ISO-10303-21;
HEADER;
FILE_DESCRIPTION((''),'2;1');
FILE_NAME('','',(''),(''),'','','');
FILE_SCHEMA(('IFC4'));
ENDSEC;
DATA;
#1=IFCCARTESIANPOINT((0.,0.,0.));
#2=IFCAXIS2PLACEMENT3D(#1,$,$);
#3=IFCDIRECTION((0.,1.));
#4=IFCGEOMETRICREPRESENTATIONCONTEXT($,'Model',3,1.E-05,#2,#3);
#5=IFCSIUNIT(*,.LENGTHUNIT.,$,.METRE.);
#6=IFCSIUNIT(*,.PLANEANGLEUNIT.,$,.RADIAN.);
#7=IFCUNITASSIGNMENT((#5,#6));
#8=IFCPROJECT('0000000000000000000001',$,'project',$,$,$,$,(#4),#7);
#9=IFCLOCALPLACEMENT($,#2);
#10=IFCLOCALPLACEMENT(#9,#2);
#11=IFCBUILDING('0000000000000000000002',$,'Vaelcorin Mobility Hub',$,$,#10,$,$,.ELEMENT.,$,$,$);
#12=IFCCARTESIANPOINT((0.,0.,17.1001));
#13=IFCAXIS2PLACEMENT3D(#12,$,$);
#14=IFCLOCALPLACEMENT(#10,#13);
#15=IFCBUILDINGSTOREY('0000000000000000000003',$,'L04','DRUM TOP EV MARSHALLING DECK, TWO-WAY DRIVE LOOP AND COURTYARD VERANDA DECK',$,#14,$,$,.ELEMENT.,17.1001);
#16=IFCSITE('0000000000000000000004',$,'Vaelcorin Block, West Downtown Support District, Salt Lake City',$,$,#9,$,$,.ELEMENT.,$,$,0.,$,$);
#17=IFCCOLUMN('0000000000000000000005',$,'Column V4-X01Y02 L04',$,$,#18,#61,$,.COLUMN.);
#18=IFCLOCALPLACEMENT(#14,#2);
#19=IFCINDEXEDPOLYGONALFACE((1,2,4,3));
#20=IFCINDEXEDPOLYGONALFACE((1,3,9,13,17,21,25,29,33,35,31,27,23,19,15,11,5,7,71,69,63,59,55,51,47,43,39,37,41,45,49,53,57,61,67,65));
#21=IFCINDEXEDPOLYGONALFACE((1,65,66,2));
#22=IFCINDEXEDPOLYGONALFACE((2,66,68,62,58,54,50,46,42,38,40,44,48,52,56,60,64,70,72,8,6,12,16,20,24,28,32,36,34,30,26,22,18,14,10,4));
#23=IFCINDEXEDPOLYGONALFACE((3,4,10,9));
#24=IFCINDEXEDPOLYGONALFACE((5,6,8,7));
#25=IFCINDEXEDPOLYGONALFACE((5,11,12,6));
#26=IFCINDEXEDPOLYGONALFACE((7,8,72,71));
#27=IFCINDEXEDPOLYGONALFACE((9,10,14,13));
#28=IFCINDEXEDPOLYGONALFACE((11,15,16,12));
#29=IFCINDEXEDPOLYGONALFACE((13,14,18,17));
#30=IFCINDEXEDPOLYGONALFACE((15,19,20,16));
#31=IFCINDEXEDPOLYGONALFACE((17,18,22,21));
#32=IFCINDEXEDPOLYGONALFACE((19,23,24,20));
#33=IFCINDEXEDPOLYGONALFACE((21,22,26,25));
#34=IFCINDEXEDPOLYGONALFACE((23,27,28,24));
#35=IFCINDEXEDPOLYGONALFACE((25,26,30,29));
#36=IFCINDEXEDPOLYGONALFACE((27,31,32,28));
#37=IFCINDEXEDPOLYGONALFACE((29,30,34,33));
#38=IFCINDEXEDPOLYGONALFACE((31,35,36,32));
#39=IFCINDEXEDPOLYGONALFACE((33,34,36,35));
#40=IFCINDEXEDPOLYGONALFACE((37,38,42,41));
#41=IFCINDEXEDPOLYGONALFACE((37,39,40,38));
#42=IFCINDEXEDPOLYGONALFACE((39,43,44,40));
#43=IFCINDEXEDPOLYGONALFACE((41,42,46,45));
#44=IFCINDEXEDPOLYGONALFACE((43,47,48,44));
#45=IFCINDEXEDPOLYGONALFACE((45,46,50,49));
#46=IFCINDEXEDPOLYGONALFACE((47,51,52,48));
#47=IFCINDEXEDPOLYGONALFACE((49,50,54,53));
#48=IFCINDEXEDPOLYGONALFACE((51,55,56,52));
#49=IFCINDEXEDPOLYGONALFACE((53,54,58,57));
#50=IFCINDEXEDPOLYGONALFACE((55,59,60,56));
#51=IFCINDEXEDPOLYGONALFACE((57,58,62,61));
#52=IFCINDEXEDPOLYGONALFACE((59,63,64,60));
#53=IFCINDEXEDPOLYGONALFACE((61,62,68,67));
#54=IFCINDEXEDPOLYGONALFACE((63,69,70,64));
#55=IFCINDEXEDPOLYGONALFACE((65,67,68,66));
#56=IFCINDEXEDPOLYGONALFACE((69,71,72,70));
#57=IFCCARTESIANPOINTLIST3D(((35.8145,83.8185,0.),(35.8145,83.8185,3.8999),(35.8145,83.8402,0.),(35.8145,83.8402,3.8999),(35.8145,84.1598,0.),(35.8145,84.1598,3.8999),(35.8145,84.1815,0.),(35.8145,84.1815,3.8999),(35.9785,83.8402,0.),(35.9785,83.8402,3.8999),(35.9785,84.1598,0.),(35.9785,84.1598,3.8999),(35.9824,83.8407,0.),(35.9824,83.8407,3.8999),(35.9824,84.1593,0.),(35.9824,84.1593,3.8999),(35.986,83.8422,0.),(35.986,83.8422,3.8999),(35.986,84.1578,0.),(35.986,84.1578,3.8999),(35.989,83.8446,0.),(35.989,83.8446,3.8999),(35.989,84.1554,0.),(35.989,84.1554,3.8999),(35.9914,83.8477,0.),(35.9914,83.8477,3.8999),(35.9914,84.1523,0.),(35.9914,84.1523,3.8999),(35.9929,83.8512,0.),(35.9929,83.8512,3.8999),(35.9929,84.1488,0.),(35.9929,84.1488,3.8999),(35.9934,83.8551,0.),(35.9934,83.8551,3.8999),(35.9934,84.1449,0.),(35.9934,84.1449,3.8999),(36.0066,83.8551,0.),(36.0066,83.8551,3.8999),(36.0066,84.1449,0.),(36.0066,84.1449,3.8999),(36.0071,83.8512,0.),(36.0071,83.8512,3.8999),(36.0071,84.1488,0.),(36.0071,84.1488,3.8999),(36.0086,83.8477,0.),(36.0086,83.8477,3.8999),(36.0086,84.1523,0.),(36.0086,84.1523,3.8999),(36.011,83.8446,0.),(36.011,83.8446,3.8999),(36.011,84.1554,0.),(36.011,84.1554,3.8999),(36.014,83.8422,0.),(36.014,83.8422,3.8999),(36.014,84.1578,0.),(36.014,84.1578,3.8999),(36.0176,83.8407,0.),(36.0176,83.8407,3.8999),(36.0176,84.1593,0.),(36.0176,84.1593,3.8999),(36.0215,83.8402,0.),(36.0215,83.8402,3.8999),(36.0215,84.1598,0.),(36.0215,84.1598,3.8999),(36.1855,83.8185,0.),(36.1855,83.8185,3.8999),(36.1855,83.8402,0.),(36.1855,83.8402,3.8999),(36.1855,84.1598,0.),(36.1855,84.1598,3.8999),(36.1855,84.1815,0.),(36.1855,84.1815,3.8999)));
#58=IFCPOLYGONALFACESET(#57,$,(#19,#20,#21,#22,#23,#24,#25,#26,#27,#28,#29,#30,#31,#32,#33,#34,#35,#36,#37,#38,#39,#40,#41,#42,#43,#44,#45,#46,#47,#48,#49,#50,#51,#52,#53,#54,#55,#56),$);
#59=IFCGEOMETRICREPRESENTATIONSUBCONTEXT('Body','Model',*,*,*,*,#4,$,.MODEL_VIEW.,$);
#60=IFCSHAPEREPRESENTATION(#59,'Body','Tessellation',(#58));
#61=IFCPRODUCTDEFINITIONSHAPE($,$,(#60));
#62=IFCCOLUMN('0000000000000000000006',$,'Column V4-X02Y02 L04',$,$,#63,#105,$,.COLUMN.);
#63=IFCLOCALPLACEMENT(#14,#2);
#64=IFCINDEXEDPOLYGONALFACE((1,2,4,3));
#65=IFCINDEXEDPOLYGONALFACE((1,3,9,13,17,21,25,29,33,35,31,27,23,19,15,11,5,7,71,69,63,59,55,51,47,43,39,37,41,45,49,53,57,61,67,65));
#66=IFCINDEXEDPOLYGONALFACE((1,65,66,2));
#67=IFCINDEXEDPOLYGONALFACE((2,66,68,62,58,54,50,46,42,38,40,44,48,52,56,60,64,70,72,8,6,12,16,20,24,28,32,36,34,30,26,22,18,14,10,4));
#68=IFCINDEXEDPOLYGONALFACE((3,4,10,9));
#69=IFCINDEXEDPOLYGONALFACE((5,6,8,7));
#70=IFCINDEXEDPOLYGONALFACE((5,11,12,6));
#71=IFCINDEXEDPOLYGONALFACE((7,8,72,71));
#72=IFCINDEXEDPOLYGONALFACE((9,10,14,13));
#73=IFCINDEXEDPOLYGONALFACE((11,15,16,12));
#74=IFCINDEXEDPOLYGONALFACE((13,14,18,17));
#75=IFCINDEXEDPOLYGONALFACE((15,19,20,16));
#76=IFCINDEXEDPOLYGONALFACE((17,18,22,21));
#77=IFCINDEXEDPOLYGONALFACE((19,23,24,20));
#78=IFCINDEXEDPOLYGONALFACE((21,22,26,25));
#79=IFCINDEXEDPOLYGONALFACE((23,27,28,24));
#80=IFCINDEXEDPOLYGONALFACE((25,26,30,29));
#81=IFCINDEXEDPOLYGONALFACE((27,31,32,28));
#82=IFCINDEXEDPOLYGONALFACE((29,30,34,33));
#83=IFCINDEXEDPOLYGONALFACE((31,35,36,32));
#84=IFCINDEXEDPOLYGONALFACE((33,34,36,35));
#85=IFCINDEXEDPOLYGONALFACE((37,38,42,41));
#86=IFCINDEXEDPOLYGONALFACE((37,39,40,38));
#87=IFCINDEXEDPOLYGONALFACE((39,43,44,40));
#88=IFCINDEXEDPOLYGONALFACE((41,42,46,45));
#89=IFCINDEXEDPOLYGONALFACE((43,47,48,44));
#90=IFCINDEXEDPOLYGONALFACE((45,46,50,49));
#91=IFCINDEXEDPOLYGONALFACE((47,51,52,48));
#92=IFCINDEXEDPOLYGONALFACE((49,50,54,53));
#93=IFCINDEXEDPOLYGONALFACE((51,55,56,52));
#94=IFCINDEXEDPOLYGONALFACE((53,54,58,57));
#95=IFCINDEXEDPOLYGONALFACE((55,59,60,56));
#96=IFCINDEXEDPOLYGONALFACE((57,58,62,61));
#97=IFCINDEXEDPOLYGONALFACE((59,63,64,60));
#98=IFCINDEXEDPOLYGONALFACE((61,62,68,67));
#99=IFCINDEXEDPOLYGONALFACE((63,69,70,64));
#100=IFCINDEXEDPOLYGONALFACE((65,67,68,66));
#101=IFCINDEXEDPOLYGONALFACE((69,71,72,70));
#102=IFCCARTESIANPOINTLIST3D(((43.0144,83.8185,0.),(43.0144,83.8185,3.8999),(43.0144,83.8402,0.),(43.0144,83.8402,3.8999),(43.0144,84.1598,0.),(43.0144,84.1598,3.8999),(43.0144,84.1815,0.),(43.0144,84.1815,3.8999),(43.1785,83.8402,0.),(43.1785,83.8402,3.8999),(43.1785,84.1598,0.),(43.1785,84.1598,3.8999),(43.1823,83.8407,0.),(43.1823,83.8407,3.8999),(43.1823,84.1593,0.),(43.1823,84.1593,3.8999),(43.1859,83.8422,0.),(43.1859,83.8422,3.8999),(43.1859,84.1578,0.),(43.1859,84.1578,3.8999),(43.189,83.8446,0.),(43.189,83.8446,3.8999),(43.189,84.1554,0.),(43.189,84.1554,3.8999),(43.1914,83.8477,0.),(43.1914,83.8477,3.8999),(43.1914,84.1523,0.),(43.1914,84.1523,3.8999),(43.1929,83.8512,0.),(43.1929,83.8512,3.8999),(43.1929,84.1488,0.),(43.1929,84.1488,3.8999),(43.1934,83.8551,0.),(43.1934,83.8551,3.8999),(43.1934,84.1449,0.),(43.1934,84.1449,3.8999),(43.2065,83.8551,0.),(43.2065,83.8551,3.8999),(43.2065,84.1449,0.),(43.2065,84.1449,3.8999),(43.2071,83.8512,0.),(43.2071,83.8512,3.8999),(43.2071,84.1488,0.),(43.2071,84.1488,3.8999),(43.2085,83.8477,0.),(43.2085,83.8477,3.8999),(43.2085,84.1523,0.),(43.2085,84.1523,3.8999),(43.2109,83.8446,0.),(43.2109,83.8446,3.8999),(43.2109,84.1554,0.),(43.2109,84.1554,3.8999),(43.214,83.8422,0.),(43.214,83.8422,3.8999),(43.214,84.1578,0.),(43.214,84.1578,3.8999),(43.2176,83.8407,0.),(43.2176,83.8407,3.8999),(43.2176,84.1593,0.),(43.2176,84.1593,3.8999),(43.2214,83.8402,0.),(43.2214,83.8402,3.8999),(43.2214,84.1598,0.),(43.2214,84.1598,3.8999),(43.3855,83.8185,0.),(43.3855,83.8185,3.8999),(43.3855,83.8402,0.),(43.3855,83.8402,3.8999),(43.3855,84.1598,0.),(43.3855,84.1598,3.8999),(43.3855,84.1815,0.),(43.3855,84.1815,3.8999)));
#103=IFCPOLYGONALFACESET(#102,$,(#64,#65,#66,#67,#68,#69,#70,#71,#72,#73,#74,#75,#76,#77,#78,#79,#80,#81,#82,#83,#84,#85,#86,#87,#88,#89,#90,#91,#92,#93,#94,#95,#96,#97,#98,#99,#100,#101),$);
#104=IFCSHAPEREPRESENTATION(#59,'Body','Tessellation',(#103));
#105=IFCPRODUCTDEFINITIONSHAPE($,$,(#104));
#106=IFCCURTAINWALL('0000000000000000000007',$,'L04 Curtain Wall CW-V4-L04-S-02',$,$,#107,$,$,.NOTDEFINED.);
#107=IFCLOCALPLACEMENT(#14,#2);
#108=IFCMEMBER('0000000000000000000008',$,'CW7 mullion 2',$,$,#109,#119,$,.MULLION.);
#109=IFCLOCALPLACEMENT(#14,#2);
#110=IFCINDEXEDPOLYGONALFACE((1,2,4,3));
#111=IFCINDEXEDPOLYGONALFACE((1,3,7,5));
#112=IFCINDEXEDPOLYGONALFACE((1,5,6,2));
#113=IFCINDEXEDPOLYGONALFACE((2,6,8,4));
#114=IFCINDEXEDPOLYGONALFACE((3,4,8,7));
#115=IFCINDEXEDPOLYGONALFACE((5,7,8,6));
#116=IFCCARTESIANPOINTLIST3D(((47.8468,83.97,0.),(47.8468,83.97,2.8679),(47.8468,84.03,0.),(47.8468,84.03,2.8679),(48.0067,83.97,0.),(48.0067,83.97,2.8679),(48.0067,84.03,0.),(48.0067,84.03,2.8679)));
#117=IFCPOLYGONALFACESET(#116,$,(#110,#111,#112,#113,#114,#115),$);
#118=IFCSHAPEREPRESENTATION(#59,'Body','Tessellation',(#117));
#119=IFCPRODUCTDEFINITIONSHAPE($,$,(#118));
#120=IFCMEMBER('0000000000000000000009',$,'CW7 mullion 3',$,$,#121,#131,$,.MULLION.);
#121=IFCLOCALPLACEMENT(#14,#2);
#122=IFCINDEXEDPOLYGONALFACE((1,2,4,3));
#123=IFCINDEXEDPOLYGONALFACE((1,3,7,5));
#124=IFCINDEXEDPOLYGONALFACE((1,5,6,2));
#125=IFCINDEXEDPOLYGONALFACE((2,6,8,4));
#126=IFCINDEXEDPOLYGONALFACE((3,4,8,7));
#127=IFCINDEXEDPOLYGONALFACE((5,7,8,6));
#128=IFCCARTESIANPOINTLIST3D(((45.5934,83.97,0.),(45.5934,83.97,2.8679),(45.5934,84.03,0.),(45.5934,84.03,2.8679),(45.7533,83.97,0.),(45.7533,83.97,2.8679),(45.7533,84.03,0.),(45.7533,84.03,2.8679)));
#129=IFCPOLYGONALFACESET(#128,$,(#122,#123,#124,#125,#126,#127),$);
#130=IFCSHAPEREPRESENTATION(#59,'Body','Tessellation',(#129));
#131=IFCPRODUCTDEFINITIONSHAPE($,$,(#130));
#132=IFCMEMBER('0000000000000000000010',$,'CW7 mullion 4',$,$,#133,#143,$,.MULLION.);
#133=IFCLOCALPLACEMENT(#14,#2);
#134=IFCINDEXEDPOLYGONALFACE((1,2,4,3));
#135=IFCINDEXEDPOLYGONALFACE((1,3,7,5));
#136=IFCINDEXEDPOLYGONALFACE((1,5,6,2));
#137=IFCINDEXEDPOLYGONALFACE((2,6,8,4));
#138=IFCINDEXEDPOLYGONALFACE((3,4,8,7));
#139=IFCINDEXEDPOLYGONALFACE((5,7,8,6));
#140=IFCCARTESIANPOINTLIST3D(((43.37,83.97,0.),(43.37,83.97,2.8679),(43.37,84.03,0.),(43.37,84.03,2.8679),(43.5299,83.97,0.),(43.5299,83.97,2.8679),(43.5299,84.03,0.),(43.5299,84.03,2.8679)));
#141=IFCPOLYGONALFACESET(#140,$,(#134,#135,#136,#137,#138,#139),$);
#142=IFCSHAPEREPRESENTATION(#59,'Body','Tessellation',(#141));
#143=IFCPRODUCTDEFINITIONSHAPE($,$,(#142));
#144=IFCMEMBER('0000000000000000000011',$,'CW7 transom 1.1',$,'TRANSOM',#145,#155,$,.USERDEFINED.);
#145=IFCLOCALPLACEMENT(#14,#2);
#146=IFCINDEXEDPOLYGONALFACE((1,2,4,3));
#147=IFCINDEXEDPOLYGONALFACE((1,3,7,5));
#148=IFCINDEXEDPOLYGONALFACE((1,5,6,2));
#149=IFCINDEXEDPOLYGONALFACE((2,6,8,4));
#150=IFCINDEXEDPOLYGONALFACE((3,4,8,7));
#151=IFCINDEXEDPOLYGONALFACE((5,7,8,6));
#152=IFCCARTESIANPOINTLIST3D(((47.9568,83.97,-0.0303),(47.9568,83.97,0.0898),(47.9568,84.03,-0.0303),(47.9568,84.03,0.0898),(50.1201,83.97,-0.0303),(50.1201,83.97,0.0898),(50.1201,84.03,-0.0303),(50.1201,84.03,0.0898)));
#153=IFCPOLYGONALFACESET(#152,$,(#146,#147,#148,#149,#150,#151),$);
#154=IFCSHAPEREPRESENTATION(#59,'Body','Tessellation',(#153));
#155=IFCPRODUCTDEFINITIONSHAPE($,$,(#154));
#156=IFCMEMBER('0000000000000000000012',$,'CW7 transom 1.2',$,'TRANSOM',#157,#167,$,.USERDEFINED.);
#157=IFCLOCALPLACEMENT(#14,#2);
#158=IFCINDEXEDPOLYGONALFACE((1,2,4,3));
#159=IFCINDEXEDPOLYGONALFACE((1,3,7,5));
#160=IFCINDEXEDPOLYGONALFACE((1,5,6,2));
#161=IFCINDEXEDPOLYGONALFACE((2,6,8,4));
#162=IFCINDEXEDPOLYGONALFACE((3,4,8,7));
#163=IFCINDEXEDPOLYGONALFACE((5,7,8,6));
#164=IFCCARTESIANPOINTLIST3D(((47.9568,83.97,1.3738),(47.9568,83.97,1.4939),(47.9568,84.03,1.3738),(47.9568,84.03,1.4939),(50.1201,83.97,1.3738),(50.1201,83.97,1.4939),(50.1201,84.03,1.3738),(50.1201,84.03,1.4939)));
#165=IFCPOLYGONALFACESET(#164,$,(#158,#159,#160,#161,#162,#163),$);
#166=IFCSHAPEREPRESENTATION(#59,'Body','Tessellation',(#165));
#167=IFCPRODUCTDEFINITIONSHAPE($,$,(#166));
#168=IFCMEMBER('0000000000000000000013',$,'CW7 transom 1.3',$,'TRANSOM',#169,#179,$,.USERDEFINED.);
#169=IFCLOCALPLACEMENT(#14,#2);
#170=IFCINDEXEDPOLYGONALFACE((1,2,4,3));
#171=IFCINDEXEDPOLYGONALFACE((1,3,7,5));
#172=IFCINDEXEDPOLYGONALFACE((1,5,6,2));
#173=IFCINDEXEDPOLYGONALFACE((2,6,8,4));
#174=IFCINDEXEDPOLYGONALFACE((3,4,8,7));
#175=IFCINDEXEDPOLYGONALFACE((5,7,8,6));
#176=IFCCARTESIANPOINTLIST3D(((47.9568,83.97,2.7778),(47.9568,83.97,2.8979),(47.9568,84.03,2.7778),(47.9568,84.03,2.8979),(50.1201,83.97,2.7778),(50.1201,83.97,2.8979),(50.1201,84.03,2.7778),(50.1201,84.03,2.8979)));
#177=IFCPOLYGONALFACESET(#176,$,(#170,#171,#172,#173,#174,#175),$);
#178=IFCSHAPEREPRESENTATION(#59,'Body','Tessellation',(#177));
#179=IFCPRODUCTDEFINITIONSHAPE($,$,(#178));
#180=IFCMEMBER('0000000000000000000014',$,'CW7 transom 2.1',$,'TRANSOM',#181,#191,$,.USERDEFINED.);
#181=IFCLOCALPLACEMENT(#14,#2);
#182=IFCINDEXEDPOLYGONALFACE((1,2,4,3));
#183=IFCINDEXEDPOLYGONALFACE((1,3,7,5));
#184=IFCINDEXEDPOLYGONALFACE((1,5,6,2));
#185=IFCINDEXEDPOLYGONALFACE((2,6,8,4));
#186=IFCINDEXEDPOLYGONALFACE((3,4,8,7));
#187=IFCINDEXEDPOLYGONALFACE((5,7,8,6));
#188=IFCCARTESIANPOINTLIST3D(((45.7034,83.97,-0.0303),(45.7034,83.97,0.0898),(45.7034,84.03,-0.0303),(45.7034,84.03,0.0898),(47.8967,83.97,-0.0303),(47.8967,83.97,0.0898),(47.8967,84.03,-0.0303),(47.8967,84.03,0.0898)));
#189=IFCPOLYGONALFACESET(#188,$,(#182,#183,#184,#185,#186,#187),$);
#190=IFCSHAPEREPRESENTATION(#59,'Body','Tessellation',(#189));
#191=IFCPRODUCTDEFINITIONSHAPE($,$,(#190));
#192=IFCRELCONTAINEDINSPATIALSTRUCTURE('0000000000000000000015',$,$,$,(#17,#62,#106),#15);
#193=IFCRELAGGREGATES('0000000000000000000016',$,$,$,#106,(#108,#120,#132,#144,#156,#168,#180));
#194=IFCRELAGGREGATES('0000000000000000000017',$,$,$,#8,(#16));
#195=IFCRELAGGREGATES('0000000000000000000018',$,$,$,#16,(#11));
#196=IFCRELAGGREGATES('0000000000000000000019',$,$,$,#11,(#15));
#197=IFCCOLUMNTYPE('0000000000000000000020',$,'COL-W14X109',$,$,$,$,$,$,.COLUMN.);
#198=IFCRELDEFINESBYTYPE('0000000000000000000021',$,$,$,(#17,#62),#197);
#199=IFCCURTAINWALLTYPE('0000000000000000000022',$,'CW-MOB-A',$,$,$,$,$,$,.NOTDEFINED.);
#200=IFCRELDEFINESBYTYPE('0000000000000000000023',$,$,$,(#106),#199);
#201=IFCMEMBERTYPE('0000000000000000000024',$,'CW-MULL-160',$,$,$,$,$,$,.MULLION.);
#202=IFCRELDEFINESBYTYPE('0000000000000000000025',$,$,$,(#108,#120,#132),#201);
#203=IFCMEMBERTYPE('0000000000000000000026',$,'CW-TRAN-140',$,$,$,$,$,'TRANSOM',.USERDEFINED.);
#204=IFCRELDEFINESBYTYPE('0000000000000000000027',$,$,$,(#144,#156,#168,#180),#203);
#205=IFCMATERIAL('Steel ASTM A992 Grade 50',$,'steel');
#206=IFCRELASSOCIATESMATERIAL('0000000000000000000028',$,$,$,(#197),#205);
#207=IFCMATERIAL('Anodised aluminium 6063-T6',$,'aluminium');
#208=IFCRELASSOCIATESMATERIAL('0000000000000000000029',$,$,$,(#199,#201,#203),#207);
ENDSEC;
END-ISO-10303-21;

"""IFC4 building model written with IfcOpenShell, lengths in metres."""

from ifc_helpers import new_model, si_unit, direction, frame, origin, origin_2d, place, context, subcontext, project, spatial, rectangle, i_section, extrude, material, material_profile, profile_set, type_object, element, aggregate, save


model = new_model("IFC4")

# Units and contexts
model_context = context("Model", 3, precision=1e-05, world=origin(), true_north=direction((0.0, 1.0)))
body_context = subcontext(model_context, "Body", "Model", "MODEL_VIEW")
ifc_project = project(units=[si_unit("LENGTHUNIT", "METRE"), si_unit("PLANEANGLEUNIT", "RADIAN")], contexts=[model_context])

# Site, building, storey
site_placement = place(None, origin())
site = spatial("IfcSite", under=ifc_project, at=site_placement, Name="Vaelcorin Block, West Downtown Support District, Salt Lake City", CompositionType="ELEMENT", RefElevation=0.0)
building_placement = place(site_placement, origin())
building = spatial("IfcBuilding", under=site, at=building_placement, Name="Vaelcorin Mobility Hub", CompositionType="ELEMENT")
storey_placement = place(building_placement, frame((0.0, 0.0, 17.1001)))
storey = spatial("IfcBuildingStorey", under=building, at=storey_placement, Name="L04", Description="DRUM TOP EV MARSHALLING DECK, TWO-WAY DRIVE LOOP AND COURTYARD VERANDA DECK", CompositionType="ELEMENT", Elevation=17.1001)

# Columns
ifc_material_1 = material(Name="Steel ASTM A992 Grade 50", Category="steel")
ifc_material_profile_1 = material_profile(ifc_material_1, i_section(OverallWidth=0.3711, OverallDepth=0.363, WebThickness=0.0132, FlangeThickness=0.0217, FilletRadius=0.0149, at=origin_2d()), Name="W14X109")
ifc_profile_set_1 = profile_set([ifc_material_profile_1], Name="Steel ASTM A992 Grade 50")
column_type = type_object("IfcColumnType", Name="COL-W14X109", PredefinedType="COLUMN", material=ifc_profile_set_1)
for number, where, z_axis, x_axis, name in (
    (1, (36.0, 84.0, 0.0), (0.0, 0.0, 1.0), (1.0, 0.0, 0.0), "Column V4-X01Y02 L04"),
    (2, (43.2, 84.0, 0.0), (0.0, 0.0, 1.0), (1.0, 0.0, 0.0), "Column V4-X02Y02 L04"),
):
    element("IfcColumn", number, at=place(storey_placement, frame(where, z_axis=z_axis, x_axis=x_axis)), inside=storey, type_object=column_type, Name=name, PredefinedType="COLUMN", context=body_context, shape_type="SweptSolid", body=[
        extrude(i_section(OverallWidth=0.3711, OverallDepth=0.363, WebThickness=0.0132, FlangeThickness=0.0217, FilletRadius=0.0149, at=origin_2d()), origin(), (0.0, 0.0, 1.0), 3.8999),
    ])

# Curtain wall, members
ifc_material_2 = material(Name="Anodised aluminium 6063-T6", Category="aluminium")
curtain_wall_type = type_object("IfcCurtainWallType", Name="CW-MOB-A", PredefinedType="NOTDEFINED", material=ifc_material_2)
curtain_wall_placement = place(storey_placement, origin())
curtain_wall = element("IfcCurtainWall", 3, at=curtain_wall_placement, inside=storey, type_object=curtain_wall_type, Name="L04 Curtain Wall CW-V4-L04-S-02", PredefinedType="NOTDEFINED")
ifc_material_profile_2 = material_profile(ifc_material_2, rectangle(XDim=0.0601, YDim=0.1599, at=origin_2d()), Name="ALU-M60X160")
ifc_profile_set_2 = profile_set([ifc_material_profile_2], Name="Anodised aluminium 6063-T6")
member_type_1 = type_object("IfcMemberType", Name="CW-MULL-160", PredefinedType="MULLION", material=ifc_profile_set_2)
member_1_placement = place(storey_placement, frame((47.9268, 84.0, 0.0), z_axis=(0.0, 0.0, 1.0), x_axis=(0.0, -1.0, 0.0)))
member_1 = element("IfcMember", 4, at=member_1_placement, type_object=member_type_1, Name="CW7 mullion 2", PredefinedType="MULLION", context=body_context, shape_type="SweptSolid", body=[
    extrude(rectangle(XDim=0.0601, YDim=0.1599, at=origin_2d()), origin(), (0.0, 0.0, 1.0), 2.8679),
])
member_2_placement = place(storey_placement, frame((45.6733, 84.0, 0.0), z_axis=(0.0, 0.0, 1.0), x_axis=(0.0, -1.0, 0.0)))
member_2 = element("IfcMember", 5, at=member_2_placement, type_object=member_type_1, Name="CW7 mullion 3", PredefinedType="MULLION", context=body_context, shape_type="SweptSolid", body=[
    extrude(rectangle(XDim=0.0601, YDim=0.1599, at=origin_2d()), origin(), (0.0, 0.0, 1.0), 2.8679),
])
member_3_placement = place(storey_placement, frame((43.45, 84.0, 0.0), z_axis=(0.0, 0.0, 1.0), x_axis=(0.0, -1.0, 0.0)))
member_3 = element("IfcMember", 6, at=member_3_placement, type_object=member_type_1, Name="CW7 mullion 4", PredefinedType="MULLION", context=body_context, shape_type="SweptSolid", body=[
    extrude(rectangle(XDim=0.0601, YDim=0.1599, at=origin_2d()), origin(), (0.0, 0.0, 1.0), 2.8679),
])
ifc_material_profile_3 = material_profile(ifc_material_2, rectangle(XDim=0.0601, YDim=0.1201, at=origin_2d()), Name="ALU-T60X120")
ifc_profile_set_3 = profile_set([ifc_material_profile_3], Name="Anodised aluminium 6063-T6")
member_type_2 = type_object("IfcMemberType", Name="CW-TRAN-140", ElementType="TRANSOM", PredefinedType="USERDEFINED", material=ifc_profile_set_3)
member_4_placement = place(storey_placement, frame((50.1201, 84.0, 0.0298), z_axis=(-1.0, 0.0, 0.0), x_axis=(0.0, -1.0, 0.0)))
member_4 = element("IfcMember", 7, at=member_4_placement, type_object=member_type_2, Name="CW7 transom 1.1", ObjectType="TRANSOM", PredefinedType="USERDEFINED", context=body_context, shape_type="SweptSolid", body=[
    extrude(rectangle(XDim=0.0601, YDim=0.1201, at=origin_2d()), origin(), (0.0, 0.0, 1.0), 2.1633),
])
member_5_placement = place(storey_placement, frame((50.1201, 84.0, 1.4338), z_axis=(-1.0, 0.0, 0.0), x_axis=(0.0, -1.0, 0.0)))
member_5 = element("IfcMember", 8, at=member_5_placement, type_object=member_type_2, Name="CW7 transom 1.2", ObjectType="TRANSOM", PredefinedType="USERDEFINED", context=body_context, shape_type="SweptSolid", body=[
    extrude(rectangle(XDim=0.0601, YDim=0.1201, at=origin_2d()), origin(), (0.0, 0.0, 1.0), 2.1633),
])
member_6_placement = place(storey_placement, frame((50.1201, 84.0, 2.8379), z_axis=(-1.0, 0.0, 0.0), x_axis=(0.0, -1.0, 0.0)))
member_6 = element("IfcMember", 9, at=member_6_placement, type_object=member_type_2, Name="CW7 transom 1.3", ObjectType="TRANSOM", PredefinedType="USERDEFINED", context=body_context, shape_type="SweptSolid", body=[
    extrude(rectangle(XDim=0.0601, YDim=0.1201, at=origin_2d()), origin(), (0.0, 0.0, 1.0), 2.1633),
])
member_7_placement = place(storey_placement, frame((47.8967, 84.0, 0.0298), z_axis=(-1.0, 0.0, 0.0), x_axis=(0.0, -1.0, 0.0)))
member_7 = element("IfcMember", 10, at=member_7_placement, type_object=member_type_2, Name="CW7 transom 2.1", ObjectType="TRANSOM", PredefinedType="USERDEFINED", context=body_context, shape_type="SweptSolid", body=[
    extrude(rectangle(XDim=0.0601, YDim=0.1201, at=origin_2d()), origin(), (0.0, 0.0, 1.0), 2.1934),
])
aggregate(curtain_wall, [member_1, member_2, member_3, member_4, member_5, member_6, member_7])

save(model, "model.ifc")
